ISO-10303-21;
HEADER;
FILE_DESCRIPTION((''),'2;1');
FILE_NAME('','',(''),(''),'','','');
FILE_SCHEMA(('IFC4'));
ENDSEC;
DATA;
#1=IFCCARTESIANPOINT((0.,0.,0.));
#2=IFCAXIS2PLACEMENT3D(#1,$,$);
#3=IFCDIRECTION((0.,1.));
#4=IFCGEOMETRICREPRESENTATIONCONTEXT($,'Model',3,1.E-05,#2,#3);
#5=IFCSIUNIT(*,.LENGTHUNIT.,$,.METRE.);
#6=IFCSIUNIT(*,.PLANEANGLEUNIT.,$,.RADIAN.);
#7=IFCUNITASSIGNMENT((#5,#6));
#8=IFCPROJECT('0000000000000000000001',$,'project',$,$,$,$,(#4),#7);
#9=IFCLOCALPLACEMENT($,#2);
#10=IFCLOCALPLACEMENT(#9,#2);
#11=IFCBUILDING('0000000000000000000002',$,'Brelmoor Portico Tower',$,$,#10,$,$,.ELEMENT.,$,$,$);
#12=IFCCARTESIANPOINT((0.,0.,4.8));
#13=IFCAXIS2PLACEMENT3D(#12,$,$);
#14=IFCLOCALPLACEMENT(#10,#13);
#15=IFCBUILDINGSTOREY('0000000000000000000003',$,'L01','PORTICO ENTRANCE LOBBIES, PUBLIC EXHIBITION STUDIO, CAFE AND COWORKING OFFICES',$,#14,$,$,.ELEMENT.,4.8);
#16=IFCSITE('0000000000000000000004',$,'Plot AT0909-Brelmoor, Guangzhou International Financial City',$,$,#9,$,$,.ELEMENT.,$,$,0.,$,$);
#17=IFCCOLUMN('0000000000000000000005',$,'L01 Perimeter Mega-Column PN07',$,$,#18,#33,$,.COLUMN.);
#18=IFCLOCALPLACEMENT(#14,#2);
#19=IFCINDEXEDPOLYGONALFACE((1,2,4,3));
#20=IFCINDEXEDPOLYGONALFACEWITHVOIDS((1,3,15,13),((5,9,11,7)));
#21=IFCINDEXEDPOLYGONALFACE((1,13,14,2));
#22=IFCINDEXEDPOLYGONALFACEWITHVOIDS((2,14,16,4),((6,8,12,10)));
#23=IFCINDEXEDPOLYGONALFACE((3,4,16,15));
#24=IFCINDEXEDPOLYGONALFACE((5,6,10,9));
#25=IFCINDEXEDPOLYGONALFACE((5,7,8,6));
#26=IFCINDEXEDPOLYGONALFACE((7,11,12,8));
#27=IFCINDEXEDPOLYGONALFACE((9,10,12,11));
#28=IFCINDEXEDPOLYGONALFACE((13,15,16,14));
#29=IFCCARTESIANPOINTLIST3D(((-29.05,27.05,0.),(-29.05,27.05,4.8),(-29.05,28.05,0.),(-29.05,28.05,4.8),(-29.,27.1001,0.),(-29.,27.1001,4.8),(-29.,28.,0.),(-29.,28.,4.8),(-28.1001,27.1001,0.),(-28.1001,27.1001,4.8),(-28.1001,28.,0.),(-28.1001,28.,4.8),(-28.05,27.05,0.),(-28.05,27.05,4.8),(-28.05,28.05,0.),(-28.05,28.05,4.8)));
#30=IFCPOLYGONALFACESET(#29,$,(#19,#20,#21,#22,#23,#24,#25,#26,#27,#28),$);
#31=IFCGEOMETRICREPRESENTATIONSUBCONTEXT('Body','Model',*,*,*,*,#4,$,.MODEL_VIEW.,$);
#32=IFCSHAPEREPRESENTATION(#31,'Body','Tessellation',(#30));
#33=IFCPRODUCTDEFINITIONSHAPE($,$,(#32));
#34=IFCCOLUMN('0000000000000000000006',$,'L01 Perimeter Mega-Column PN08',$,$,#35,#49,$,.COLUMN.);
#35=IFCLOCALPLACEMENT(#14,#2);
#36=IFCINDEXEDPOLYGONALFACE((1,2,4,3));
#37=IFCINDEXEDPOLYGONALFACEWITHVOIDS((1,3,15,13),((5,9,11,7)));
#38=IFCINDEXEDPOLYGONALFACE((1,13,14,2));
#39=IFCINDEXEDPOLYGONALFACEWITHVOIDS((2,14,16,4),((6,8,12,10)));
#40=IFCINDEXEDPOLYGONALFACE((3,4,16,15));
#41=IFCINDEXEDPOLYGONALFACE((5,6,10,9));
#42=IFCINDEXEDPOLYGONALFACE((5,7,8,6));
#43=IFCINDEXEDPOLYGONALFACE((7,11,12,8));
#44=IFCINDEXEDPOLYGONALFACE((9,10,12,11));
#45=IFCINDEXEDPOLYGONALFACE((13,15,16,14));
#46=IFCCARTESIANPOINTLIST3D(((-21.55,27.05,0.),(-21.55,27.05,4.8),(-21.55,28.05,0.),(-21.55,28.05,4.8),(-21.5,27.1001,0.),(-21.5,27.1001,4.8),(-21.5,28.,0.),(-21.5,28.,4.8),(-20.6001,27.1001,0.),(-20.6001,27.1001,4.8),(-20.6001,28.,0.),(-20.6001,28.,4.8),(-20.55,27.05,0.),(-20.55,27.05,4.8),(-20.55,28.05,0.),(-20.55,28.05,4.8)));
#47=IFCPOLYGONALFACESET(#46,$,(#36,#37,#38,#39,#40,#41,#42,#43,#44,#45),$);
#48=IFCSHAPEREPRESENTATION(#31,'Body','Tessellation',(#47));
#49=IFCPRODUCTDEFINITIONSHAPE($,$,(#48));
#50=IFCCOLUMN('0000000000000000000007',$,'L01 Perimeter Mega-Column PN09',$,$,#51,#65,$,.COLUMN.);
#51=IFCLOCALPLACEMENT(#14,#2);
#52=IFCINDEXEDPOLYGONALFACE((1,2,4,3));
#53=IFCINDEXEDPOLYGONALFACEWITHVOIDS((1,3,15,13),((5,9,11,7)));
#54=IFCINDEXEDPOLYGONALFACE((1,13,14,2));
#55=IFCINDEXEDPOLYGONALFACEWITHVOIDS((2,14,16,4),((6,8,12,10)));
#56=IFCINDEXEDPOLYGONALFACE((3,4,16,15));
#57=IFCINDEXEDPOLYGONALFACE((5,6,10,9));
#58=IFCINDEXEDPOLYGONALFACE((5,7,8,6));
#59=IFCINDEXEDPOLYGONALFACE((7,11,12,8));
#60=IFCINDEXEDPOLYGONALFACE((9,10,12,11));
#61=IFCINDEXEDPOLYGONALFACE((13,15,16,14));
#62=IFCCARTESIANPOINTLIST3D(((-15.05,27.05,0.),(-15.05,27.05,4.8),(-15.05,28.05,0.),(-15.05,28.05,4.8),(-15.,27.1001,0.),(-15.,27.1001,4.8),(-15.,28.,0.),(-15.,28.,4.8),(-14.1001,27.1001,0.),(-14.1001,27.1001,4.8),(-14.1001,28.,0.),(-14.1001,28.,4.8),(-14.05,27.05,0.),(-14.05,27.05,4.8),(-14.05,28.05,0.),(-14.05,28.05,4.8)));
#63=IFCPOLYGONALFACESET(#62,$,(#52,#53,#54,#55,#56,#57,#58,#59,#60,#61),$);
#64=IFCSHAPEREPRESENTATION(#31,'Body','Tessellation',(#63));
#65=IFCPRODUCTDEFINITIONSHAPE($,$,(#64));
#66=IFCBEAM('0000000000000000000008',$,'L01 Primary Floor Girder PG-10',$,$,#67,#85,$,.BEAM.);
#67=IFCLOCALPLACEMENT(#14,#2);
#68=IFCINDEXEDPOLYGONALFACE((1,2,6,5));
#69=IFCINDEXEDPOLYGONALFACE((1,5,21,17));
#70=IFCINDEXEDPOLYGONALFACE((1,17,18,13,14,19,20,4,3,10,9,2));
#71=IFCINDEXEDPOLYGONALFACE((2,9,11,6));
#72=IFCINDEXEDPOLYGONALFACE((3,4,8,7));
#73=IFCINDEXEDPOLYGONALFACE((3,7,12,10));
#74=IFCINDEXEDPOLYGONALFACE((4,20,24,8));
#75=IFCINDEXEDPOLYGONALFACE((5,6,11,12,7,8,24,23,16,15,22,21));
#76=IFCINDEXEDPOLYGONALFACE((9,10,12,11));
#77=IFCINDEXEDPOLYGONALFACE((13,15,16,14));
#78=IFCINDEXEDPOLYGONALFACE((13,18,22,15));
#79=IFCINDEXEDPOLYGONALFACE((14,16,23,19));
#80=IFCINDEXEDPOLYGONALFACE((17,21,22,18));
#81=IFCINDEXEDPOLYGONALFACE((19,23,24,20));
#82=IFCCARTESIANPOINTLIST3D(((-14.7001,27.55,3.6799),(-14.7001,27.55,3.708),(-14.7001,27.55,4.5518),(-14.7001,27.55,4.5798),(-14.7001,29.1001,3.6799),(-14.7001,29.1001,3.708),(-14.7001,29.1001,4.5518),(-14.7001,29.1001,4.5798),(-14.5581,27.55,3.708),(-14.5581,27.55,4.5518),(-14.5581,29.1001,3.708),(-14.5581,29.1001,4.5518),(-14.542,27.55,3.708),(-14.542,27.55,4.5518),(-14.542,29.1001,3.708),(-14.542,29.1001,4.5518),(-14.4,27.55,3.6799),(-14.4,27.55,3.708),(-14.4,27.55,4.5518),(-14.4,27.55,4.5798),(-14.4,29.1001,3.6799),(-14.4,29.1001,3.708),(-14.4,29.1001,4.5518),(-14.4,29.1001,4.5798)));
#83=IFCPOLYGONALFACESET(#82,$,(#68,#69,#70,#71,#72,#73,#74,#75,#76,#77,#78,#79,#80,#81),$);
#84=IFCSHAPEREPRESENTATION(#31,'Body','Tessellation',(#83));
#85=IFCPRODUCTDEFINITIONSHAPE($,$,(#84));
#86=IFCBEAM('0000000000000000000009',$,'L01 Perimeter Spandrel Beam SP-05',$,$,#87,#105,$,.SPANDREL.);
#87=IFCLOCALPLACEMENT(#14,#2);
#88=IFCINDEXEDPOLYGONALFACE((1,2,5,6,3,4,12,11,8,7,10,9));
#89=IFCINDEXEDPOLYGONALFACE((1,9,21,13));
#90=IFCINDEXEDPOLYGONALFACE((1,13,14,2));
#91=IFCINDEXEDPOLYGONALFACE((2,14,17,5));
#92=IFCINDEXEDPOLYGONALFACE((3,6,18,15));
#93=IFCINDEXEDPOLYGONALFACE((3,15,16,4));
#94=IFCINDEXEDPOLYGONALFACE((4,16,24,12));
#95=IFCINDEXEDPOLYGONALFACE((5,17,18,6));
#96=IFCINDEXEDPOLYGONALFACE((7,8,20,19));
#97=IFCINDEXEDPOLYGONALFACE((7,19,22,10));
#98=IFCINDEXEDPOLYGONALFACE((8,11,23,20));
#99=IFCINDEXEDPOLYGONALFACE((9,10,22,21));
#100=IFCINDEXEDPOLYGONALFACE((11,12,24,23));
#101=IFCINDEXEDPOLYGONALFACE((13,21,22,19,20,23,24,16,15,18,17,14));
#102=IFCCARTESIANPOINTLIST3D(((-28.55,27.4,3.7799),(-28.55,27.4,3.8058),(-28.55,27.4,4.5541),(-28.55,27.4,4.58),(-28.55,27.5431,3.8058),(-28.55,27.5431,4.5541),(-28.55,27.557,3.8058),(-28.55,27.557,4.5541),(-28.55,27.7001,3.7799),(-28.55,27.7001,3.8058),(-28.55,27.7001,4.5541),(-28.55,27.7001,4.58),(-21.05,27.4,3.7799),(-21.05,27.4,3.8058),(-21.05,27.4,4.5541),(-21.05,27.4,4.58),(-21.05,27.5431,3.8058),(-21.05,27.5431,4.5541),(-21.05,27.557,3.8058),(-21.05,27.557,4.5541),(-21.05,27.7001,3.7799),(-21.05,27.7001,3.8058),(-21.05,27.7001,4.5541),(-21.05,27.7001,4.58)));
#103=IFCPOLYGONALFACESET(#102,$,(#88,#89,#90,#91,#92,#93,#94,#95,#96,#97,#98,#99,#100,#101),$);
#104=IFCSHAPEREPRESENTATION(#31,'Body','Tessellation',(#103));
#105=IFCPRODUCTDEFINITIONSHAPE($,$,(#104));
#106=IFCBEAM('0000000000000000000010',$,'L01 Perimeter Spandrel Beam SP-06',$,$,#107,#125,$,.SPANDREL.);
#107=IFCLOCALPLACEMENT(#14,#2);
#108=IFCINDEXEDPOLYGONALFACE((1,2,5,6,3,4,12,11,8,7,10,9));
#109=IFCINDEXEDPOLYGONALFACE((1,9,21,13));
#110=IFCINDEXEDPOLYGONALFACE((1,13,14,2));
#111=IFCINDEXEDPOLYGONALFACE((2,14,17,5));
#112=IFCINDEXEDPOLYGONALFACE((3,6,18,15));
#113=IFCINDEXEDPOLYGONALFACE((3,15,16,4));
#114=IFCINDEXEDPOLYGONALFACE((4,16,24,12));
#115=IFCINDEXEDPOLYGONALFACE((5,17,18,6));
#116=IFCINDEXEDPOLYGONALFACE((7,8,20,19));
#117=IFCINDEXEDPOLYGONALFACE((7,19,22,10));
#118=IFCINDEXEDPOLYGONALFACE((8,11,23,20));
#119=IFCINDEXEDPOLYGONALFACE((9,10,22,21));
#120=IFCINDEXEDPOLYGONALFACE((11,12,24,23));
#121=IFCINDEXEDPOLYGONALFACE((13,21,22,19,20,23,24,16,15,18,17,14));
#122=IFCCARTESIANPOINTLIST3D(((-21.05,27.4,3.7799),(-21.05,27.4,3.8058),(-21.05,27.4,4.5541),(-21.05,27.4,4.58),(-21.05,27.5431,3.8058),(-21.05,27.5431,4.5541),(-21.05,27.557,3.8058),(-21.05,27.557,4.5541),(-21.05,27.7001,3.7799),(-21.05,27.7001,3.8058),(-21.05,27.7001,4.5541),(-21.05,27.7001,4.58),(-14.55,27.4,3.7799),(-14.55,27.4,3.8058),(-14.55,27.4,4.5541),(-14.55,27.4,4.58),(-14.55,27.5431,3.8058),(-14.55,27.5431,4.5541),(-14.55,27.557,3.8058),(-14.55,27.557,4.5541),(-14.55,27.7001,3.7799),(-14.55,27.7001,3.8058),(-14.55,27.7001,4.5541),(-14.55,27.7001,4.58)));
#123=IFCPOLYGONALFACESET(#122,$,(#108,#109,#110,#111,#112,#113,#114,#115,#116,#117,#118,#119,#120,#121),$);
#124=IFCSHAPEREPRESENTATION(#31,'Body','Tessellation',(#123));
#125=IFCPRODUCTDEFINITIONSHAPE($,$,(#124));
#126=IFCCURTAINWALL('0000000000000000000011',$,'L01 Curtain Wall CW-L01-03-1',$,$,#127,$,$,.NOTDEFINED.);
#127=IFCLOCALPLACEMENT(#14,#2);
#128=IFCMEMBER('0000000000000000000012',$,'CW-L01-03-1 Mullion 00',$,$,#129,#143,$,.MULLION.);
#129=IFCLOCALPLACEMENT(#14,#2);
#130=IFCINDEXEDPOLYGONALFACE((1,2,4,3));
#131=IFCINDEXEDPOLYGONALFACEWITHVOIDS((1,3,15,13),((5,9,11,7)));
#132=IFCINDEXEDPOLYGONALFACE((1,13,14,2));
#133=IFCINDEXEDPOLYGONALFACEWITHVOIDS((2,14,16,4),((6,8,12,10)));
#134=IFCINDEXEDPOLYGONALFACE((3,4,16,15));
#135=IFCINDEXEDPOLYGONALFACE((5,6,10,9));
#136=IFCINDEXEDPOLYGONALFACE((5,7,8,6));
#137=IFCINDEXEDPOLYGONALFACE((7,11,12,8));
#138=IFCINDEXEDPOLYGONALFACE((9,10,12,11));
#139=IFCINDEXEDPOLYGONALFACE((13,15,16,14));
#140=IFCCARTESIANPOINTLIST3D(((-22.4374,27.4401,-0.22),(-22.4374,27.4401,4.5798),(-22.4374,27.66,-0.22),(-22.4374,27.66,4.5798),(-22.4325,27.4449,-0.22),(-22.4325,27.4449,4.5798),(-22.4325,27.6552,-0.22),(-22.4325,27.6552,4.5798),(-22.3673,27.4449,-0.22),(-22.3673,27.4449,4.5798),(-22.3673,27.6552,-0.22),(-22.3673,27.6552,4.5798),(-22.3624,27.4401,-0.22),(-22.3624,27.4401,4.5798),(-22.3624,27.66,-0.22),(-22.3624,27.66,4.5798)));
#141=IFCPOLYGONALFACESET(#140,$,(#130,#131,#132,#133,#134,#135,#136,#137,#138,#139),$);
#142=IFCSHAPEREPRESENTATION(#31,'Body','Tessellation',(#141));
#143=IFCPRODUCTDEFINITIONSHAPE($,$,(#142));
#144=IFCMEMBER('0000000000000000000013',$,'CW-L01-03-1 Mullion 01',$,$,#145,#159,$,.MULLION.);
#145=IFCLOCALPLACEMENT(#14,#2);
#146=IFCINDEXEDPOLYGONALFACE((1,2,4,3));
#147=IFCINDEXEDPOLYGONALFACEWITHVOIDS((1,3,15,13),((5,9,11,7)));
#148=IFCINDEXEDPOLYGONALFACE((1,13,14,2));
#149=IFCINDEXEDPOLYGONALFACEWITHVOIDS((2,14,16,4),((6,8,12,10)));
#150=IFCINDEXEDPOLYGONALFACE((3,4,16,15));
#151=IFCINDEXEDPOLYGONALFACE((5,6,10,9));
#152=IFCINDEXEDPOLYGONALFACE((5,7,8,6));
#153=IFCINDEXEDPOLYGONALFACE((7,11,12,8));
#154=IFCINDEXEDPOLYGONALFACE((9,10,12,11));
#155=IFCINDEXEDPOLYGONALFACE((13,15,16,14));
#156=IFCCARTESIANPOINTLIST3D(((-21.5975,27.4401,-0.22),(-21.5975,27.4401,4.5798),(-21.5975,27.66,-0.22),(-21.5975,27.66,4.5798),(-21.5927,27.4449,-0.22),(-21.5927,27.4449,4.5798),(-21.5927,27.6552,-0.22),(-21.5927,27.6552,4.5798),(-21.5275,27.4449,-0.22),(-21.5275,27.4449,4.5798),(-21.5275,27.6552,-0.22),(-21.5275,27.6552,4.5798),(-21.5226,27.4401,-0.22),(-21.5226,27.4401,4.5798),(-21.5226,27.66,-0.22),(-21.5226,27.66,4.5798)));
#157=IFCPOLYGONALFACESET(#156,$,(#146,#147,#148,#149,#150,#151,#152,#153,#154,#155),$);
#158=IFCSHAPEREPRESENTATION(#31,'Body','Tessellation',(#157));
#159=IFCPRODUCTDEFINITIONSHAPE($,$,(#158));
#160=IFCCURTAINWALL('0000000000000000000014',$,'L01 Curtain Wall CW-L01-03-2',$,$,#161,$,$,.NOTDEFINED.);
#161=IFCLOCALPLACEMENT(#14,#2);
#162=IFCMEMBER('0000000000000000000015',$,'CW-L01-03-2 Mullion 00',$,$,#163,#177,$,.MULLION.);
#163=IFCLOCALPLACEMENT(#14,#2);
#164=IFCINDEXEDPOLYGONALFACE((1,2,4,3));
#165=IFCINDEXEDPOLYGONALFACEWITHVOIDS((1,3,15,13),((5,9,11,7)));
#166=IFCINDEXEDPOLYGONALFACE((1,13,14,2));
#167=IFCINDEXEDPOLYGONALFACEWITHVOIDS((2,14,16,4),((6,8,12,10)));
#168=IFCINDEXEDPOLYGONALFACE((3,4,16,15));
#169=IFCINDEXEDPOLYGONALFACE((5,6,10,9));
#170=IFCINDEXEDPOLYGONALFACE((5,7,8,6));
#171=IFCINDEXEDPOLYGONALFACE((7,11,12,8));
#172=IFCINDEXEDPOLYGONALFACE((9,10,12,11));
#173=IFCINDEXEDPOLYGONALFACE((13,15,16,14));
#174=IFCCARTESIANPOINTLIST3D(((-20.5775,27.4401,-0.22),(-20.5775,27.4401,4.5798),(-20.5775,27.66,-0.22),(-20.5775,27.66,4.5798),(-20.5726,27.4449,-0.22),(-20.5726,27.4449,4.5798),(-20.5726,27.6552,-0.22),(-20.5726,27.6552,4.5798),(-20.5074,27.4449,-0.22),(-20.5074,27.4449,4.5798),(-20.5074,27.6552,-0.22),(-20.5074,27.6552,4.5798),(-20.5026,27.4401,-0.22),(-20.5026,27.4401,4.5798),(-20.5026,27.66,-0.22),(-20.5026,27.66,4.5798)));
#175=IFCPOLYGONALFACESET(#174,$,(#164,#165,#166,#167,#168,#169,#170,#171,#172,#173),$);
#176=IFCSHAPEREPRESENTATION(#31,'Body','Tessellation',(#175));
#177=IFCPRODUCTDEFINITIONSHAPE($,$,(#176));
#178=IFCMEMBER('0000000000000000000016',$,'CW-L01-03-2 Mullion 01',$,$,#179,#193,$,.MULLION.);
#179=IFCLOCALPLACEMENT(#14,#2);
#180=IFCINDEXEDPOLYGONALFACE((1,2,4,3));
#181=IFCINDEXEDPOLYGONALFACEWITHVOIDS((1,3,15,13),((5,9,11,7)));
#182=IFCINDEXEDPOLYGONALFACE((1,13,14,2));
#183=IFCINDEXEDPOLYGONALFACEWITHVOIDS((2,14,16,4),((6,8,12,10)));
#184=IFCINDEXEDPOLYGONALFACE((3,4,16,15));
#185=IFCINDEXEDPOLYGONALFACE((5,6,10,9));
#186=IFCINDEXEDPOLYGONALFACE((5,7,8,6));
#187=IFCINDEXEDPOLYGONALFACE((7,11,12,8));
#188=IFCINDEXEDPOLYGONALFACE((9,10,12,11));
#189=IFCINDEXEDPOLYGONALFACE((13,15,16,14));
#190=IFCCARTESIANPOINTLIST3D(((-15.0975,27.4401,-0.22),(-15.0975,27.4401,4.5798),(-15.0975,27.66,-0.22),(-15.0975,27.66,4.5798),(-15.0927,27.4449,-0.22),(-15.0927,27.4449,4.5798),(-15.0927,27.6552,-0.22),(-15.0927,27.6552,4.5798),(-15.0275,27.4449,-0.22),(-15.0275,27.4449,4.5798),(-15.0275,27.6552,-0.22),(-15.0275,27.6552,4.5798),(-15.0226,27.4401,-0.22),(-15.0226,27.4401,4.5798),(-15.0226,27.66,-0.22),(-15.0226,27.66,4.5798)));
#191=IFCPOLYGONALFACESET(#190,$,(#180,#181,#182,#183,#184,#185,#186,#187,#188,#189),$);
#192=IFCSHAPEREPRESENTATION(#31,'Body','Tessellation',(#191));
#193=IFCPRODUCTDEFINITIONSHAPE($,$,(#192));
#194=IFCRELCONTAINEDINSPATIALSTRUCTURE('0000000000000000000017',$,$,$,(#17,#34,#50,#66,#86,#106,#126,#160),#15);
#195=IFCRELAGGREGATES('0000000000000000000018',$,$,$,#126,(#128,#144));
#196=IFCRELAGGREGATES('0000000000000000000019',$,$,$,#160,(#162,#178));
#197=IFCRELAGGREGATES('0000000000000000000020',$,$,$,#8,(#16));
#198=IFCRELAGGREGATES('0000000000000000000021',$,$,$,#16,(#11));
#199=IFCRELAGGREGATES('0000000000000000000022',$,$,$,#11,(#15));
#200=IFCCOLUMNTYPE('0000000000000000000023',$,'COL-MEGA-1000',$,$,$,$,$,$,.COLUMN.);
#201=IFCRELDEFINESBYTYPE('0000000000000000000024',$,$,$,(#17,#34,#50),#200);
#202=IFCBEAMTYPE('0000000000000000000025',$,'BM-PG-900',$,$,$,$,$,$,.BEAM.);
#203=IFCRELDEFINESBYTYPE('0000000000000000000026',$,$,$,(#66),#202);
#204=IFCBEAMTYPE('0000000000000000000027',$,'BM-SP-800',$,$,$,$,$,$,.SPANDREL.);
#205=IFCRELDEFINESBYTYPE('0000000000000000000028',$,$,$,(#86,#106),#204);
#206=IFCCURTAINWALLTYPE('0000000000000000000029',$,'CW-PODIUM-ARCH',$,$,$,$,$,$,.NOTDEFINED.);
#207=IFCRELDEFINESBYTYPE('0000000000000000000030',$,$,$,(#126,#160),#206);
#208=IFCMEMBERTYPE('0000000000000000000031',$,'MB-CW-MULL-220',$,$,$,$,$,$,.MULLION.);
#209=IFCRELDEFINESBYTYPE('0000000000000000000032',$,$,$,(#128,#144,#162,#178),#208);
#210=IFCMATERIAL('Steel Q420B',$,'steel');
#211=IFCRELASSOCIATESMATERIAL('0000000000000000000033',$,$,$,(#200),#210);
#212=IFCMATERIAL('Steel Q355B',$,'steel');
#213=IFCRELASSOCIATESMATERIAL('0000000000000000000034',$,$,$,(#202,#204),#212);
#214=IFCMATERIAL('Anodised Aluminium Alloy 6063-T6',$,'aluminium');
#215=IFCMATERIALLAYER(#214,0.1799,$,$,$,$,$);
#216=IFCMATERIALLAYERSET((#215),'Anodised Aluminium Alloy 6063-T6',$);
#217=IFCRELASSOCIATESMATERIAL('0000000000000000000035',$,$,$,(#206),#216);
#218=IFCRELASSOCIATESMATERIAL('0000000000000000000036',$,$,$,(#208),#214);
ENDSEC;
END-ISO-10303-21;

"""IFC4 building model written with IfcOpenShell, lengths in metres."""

from ifc_helpers import new_model, si_unit, direction, frame, origin, origin_2d, place, context, subcontext, project, spatial, hollow_rectangle, i_section, extrude, material, layer, layer_set, material_profile, profile_set, type_object, element, aggregate, save


model = new_model("IFC4")

# Units and contexts
model_context = context("Model", 3, precision=1e-05, world=origin(), true_north=direction((0.0, 1.0)))
body_context = subcontext(model_context, "Body", "Model", "MODEL_VIEW")
ifc_project = project(units=[si_unit("LENGTHUNIT", "METRE"), si_unit("PLANEANGLEUNIT", "RADIAN")], contexts=[model_context])

# Site, building, storey
site_placement = place(None, origin())
site = spatial("IfcSite", under=ifc_project, at=site_placement, Name="Plot AT0909-Brelmoor, Guangzhou International Financial City", CompositionType="ELEMENT", RefElevation=0.0)
building_placement = place(site_placement, origin())
building = spatial("IfcBuilding", under=site, at=building_placement, Name="Brelmoor Portico Tower", CompositionType="ELEMENT")
storey_placement = place(building_placement, frame((0.0, 0.0, 4.8)))
storey = spatial("IfcBuildingStorey", under=building, at=storey_placement, Name="L01", Description="PORTICO ENTRANCE LOBBIES, PUBLIC EXHIBITION STUDIO, CAFE AND COWORKING OFFICES", CompositionType="ELEMENT", Elevation=4.8)

# Columns
ifc_material_1 = material(Name="Steel Q420B", Category="steel")
ifc_material_profile_1 = material_profile(ifc_material_1, hollow_rectangle(XDim=1.0, YDim=1.0, WallThickness=0.05, at=origin_2d()), Name="BOX 1000x1000x50")
ifc_profile_set_1 = profile_set([ifc_material_profile_1], Name="Steel Q420B")
column_type = type_object("IfcColumnType", Name="COL-MEGA-1000", PredefinedType="COLUMN", material=ifc_profile_set_1)
for number, where, z_axis, x_axis, name in (
    (1, (-28.55, 27.55, 0.0), (0.0, 0.0, 1.0), (1.0, 0.0, 0.0), "L01 Perimeter Mega-Column PN07"),
    (2, (-21.05, 27.55, 0.0), (0.0, 0.0, 1.0), (1.0, 0.0, 0.0), "L01 Perimeter Mega-Column PN08"),
    (3, (-14.55, 27.55, 0.0), (0.0, 0.0, 1.0), (1.0, 0.0, 0.0), "L01 Perimeter Mega-Column PN09"),
):
    element("IfcColumn", number, at=place(storey_placement, frame(where, z_axis=z_axis, x_axis=x_axis)), inside=storey, type_object=column_type, Name=name, PredefinedType="COLUMN", context=body_context, shape_type="SweptSolid", body=[
        extrude(hollow_rectangle(XDim=1.0, YDim=1.0, WallThickness=0.05, at=origin_2d()), origin(), (0.0, 0.0, 1.0), 4.8),
    ])

# Beams
ifc_material_2 = material(Name="Steel Q355B", Category="steel")
ifc_material_profile_2 = material_profile(ifc_material_2, i_section(OverallWidth=0.3, OverallDepth=0.8999, WebThickness=0.0161, FlangeThickness=0.0281, at=origin_2d()), Name="HN 900x300x16x28")
ifc_profile_set_2 = profile_set([ifc_material_profile_2], Name="Steel Q355B")
beam_type_1 = type_object("IfcBeamType", Name="BM-PG-900", PredefinedType="BEAM", material=ifc_profile_set_2)
beam_1_placement = place(storey_placement, frame((-14.55, 27.55, 4.1299), z_axis=(0.0, 1.0, 0.0), x_axis=(-1.0, 0.0, 0.0)))
element("IfcBeam", 4, at=beam_1_placement, inside=storey, type_object=beam_type_1, Name="L01 Primary Floor Girder PG-10", PredefinedType="BEAM", context=body_context, shape_type="SweptSolid", body=[
    extrude(i_section(OverallWidth=0.3, OverallDepth=0.8999, WebThickness=0.0161, FlangeThickness=0.0281, at=origin_2d()), origin(), (0.0, 0.0, 1.0), 1.55),
])
ifc_material_profile_3 = material_profile(ifc_material_2, i_section(OverallWidth=0.3, OverallDepth=0.8, WebThickness=0.0139, FlangeThickness=0.0259, at=origin_2d()), Name="HN 800x300x14x26")
ifc_profile_set_3 = profile_set([ifc_material_profile_3], Name="Steel Q355B")
beam_type_2 = type_object("IfcBeamType", Name="BM-SP-800", PredefinedType="SPANDREL", material=ifc_profile_set_3)
beam_2_placement = place(storey_placement, frame((-28.55, 27.55, 4.1799), z_axis=(1.0, 0.0, 0.0), x_axis=(0.0, 1.0, 0.0)))
element("IfcBeam", 5, at=beam_2_placement, inside=storey, type_object=beam_type_2, Name="L01 Perimeter Spandrel Beam SP-05", PredefinedType="SPANDREL", context=body_context, shape_type="SweptSolid", body=[
    extrude(i_section(OverallWidth=0.3, OverallDepth=0.8, WebThickness=0.0139, FlangeThickness=0.0259, at=origin_2d()), origin(), (0.0, 0.0, 1.0), 7.5),
])
beam_3_placement = place(storey_placement, frame((-21.05, 27.55, 4.1799), z_axis=(1.0, 0.0, 0.0), x_axis=(0.0, 1.0, 0.0)))
element("IfcBeam", 6, at=beam_3_placement, inside=storey, type_object=beam_type_2, Name="L01 Perimeter Spandrel Beam SP-06", PredefinedType="SPANDREL", context=body_context, shape_type="SweptSolid", body=[
    extrude(i_section(OverallWidth=0.3, OverallDepth=0.8, WebThickness=0.0139, FlangeThickness=0.0259, at=origin_2d()), origin(), (0.0, 0.0, 1.0), 6.5),
])

# Curtain walls, members
ifc_material_3 = material(Name="Anodised Aluminium Alloy 6063-T6", Category="aluminium")
ifc_layer_1 = layer(ifc_material_3, 0.1799)
ifc_layer_set_1 = layer_set([ifc_layer_1], Name="Anodised Aluminium Alloy 6063-T6")
curtain_wall_type = type_object("IfcCurtainWallType", Name="CW-PODIUM-ARCH", PredefinedType="NOTDEFINED", material=ifc_layer_set_1)
curtain_wall_1_placement = place(storey_placement, origin())
curtain_wall_1 = element("IfcCurtainWall", 7, at=curtain_wall_1_placement, inside=storey, type_object=curtain_wall_type, Name="L01 Curtain Wall CW-L01-03-1", PredefinedType="NOTDEFINED")
ifc_material_profile_4 = material_profile(ifc_material_3, hollow_rectangle(XDim=0.075, YDim=0.22, WallThickness=0.0049, at=origin_2d()), Name="ALU MULLION 75x220")
ifc_profile_set_4 = profile_set([ifc_material_profile_4], Name="Anodised Aluminium Alloy 6063-T6")
member_type_1 = type_object("IfcMemberType", Name="MB-CW-MULL-220", PredefinedType="MULLION", material=ifc_profile_set_4)
member_1_placement = place(storey_placement, frame((-22.3999, 27.55, -0.22), z_axis=(0.0, 0.0, 1.0), x_axis=(1.0, 0.0, 0.0)))
member_1 = element("IfcMember", 8, at=member_1_placement, type_object=member_type_1, Name="CW-L01-03-1 Mullion 00", PredefinedType="MULLION", context=body_context, shape_type="SweptSolid", body=[
    extrude(hollow_rectangle(XDim=0.075, YDim=0.22, WallThickness=0.0049, at=origin_2d()), origin(), (0.0, 0.0, 1.0), 4.7998),
])
member_2_placement = place(storey_placement, frame((-21.5601, 27.55, -0.22), z_axis=(0.0, 0.0, 1.0), x_axis=(1.0, 0.0, 0.0)))
member_2 = element("IfcMember", 9, at=member_2_placement, type_object=member_type_1, Name="CW-L01-03-1 Mullion 01", PredefinedType="MULLION", context=body_context, shape_type="SweptSolid", body=[
    extrude(hollow_rectangle(XDim=0.075, YDim=0.22, WallThickness=0.0049, at=origin_2d()), origin(), (0.0, 0.0, 1.0), 4.7998),
])
curtain_wall_2_placement = place(storey_placement, origin())
curtain_wall_2 = element("IfcCurtainWall", 10, at=curtain_wall_2_placement, inside=storey, type_object=curtain_wall_type, Name="L01 Curtain Wall CW-L01-03-2", PredefinedType="NOTDEFINED")
member_3_placement = place(storey_placement, frame((-20.54, 27.55, -0.22), z_axis=(0.0, 0.0, 1.0), x_axis=(1.0, 0.0, 0.0)))
member_3 = element("IfcMember", 11, at=member_3_placement, type_object=member_type_1, Name="CW-L01-03-2 Mullion 00", PredefinedType="MULLION", context=body_context, shape_type="SweptSolid", body=[
    extrude(hollow_rectangle(XDim=0.075, YDim=0.22, WallThickness=0.0049, at=origin_2d()), origin(), (0.0, 0.0, 1.0), 4.7998),
])
member_4_placement = place(storey_placement, frame((-15.0601, 27.55, -0.22), z_axis=(0.0, 0.0, 1.0), x_axis=(1.0, 0.0, 0.0)))
member_4 = element("IfcMember", 12, at=member_4_placement, type_object=member_type_1, Name="CW-L01-03-2 Mullion 01", PredefinedType="MULLION", context=body_context, shape_type="SweptSolid", body=[
    extrude(hollow_rectangle(XDim=0.075, YDim=0.22, WallThickness=0.0049, at=origin_2d()), origin(), (0.0, 0.0, 1.0), 4.7998),
])

aggregate(curtain_wall_1, [member_1, member_2])
aggregate(curtain_wall_2, [member_3, member_4])

save(model, "model.ifc")
